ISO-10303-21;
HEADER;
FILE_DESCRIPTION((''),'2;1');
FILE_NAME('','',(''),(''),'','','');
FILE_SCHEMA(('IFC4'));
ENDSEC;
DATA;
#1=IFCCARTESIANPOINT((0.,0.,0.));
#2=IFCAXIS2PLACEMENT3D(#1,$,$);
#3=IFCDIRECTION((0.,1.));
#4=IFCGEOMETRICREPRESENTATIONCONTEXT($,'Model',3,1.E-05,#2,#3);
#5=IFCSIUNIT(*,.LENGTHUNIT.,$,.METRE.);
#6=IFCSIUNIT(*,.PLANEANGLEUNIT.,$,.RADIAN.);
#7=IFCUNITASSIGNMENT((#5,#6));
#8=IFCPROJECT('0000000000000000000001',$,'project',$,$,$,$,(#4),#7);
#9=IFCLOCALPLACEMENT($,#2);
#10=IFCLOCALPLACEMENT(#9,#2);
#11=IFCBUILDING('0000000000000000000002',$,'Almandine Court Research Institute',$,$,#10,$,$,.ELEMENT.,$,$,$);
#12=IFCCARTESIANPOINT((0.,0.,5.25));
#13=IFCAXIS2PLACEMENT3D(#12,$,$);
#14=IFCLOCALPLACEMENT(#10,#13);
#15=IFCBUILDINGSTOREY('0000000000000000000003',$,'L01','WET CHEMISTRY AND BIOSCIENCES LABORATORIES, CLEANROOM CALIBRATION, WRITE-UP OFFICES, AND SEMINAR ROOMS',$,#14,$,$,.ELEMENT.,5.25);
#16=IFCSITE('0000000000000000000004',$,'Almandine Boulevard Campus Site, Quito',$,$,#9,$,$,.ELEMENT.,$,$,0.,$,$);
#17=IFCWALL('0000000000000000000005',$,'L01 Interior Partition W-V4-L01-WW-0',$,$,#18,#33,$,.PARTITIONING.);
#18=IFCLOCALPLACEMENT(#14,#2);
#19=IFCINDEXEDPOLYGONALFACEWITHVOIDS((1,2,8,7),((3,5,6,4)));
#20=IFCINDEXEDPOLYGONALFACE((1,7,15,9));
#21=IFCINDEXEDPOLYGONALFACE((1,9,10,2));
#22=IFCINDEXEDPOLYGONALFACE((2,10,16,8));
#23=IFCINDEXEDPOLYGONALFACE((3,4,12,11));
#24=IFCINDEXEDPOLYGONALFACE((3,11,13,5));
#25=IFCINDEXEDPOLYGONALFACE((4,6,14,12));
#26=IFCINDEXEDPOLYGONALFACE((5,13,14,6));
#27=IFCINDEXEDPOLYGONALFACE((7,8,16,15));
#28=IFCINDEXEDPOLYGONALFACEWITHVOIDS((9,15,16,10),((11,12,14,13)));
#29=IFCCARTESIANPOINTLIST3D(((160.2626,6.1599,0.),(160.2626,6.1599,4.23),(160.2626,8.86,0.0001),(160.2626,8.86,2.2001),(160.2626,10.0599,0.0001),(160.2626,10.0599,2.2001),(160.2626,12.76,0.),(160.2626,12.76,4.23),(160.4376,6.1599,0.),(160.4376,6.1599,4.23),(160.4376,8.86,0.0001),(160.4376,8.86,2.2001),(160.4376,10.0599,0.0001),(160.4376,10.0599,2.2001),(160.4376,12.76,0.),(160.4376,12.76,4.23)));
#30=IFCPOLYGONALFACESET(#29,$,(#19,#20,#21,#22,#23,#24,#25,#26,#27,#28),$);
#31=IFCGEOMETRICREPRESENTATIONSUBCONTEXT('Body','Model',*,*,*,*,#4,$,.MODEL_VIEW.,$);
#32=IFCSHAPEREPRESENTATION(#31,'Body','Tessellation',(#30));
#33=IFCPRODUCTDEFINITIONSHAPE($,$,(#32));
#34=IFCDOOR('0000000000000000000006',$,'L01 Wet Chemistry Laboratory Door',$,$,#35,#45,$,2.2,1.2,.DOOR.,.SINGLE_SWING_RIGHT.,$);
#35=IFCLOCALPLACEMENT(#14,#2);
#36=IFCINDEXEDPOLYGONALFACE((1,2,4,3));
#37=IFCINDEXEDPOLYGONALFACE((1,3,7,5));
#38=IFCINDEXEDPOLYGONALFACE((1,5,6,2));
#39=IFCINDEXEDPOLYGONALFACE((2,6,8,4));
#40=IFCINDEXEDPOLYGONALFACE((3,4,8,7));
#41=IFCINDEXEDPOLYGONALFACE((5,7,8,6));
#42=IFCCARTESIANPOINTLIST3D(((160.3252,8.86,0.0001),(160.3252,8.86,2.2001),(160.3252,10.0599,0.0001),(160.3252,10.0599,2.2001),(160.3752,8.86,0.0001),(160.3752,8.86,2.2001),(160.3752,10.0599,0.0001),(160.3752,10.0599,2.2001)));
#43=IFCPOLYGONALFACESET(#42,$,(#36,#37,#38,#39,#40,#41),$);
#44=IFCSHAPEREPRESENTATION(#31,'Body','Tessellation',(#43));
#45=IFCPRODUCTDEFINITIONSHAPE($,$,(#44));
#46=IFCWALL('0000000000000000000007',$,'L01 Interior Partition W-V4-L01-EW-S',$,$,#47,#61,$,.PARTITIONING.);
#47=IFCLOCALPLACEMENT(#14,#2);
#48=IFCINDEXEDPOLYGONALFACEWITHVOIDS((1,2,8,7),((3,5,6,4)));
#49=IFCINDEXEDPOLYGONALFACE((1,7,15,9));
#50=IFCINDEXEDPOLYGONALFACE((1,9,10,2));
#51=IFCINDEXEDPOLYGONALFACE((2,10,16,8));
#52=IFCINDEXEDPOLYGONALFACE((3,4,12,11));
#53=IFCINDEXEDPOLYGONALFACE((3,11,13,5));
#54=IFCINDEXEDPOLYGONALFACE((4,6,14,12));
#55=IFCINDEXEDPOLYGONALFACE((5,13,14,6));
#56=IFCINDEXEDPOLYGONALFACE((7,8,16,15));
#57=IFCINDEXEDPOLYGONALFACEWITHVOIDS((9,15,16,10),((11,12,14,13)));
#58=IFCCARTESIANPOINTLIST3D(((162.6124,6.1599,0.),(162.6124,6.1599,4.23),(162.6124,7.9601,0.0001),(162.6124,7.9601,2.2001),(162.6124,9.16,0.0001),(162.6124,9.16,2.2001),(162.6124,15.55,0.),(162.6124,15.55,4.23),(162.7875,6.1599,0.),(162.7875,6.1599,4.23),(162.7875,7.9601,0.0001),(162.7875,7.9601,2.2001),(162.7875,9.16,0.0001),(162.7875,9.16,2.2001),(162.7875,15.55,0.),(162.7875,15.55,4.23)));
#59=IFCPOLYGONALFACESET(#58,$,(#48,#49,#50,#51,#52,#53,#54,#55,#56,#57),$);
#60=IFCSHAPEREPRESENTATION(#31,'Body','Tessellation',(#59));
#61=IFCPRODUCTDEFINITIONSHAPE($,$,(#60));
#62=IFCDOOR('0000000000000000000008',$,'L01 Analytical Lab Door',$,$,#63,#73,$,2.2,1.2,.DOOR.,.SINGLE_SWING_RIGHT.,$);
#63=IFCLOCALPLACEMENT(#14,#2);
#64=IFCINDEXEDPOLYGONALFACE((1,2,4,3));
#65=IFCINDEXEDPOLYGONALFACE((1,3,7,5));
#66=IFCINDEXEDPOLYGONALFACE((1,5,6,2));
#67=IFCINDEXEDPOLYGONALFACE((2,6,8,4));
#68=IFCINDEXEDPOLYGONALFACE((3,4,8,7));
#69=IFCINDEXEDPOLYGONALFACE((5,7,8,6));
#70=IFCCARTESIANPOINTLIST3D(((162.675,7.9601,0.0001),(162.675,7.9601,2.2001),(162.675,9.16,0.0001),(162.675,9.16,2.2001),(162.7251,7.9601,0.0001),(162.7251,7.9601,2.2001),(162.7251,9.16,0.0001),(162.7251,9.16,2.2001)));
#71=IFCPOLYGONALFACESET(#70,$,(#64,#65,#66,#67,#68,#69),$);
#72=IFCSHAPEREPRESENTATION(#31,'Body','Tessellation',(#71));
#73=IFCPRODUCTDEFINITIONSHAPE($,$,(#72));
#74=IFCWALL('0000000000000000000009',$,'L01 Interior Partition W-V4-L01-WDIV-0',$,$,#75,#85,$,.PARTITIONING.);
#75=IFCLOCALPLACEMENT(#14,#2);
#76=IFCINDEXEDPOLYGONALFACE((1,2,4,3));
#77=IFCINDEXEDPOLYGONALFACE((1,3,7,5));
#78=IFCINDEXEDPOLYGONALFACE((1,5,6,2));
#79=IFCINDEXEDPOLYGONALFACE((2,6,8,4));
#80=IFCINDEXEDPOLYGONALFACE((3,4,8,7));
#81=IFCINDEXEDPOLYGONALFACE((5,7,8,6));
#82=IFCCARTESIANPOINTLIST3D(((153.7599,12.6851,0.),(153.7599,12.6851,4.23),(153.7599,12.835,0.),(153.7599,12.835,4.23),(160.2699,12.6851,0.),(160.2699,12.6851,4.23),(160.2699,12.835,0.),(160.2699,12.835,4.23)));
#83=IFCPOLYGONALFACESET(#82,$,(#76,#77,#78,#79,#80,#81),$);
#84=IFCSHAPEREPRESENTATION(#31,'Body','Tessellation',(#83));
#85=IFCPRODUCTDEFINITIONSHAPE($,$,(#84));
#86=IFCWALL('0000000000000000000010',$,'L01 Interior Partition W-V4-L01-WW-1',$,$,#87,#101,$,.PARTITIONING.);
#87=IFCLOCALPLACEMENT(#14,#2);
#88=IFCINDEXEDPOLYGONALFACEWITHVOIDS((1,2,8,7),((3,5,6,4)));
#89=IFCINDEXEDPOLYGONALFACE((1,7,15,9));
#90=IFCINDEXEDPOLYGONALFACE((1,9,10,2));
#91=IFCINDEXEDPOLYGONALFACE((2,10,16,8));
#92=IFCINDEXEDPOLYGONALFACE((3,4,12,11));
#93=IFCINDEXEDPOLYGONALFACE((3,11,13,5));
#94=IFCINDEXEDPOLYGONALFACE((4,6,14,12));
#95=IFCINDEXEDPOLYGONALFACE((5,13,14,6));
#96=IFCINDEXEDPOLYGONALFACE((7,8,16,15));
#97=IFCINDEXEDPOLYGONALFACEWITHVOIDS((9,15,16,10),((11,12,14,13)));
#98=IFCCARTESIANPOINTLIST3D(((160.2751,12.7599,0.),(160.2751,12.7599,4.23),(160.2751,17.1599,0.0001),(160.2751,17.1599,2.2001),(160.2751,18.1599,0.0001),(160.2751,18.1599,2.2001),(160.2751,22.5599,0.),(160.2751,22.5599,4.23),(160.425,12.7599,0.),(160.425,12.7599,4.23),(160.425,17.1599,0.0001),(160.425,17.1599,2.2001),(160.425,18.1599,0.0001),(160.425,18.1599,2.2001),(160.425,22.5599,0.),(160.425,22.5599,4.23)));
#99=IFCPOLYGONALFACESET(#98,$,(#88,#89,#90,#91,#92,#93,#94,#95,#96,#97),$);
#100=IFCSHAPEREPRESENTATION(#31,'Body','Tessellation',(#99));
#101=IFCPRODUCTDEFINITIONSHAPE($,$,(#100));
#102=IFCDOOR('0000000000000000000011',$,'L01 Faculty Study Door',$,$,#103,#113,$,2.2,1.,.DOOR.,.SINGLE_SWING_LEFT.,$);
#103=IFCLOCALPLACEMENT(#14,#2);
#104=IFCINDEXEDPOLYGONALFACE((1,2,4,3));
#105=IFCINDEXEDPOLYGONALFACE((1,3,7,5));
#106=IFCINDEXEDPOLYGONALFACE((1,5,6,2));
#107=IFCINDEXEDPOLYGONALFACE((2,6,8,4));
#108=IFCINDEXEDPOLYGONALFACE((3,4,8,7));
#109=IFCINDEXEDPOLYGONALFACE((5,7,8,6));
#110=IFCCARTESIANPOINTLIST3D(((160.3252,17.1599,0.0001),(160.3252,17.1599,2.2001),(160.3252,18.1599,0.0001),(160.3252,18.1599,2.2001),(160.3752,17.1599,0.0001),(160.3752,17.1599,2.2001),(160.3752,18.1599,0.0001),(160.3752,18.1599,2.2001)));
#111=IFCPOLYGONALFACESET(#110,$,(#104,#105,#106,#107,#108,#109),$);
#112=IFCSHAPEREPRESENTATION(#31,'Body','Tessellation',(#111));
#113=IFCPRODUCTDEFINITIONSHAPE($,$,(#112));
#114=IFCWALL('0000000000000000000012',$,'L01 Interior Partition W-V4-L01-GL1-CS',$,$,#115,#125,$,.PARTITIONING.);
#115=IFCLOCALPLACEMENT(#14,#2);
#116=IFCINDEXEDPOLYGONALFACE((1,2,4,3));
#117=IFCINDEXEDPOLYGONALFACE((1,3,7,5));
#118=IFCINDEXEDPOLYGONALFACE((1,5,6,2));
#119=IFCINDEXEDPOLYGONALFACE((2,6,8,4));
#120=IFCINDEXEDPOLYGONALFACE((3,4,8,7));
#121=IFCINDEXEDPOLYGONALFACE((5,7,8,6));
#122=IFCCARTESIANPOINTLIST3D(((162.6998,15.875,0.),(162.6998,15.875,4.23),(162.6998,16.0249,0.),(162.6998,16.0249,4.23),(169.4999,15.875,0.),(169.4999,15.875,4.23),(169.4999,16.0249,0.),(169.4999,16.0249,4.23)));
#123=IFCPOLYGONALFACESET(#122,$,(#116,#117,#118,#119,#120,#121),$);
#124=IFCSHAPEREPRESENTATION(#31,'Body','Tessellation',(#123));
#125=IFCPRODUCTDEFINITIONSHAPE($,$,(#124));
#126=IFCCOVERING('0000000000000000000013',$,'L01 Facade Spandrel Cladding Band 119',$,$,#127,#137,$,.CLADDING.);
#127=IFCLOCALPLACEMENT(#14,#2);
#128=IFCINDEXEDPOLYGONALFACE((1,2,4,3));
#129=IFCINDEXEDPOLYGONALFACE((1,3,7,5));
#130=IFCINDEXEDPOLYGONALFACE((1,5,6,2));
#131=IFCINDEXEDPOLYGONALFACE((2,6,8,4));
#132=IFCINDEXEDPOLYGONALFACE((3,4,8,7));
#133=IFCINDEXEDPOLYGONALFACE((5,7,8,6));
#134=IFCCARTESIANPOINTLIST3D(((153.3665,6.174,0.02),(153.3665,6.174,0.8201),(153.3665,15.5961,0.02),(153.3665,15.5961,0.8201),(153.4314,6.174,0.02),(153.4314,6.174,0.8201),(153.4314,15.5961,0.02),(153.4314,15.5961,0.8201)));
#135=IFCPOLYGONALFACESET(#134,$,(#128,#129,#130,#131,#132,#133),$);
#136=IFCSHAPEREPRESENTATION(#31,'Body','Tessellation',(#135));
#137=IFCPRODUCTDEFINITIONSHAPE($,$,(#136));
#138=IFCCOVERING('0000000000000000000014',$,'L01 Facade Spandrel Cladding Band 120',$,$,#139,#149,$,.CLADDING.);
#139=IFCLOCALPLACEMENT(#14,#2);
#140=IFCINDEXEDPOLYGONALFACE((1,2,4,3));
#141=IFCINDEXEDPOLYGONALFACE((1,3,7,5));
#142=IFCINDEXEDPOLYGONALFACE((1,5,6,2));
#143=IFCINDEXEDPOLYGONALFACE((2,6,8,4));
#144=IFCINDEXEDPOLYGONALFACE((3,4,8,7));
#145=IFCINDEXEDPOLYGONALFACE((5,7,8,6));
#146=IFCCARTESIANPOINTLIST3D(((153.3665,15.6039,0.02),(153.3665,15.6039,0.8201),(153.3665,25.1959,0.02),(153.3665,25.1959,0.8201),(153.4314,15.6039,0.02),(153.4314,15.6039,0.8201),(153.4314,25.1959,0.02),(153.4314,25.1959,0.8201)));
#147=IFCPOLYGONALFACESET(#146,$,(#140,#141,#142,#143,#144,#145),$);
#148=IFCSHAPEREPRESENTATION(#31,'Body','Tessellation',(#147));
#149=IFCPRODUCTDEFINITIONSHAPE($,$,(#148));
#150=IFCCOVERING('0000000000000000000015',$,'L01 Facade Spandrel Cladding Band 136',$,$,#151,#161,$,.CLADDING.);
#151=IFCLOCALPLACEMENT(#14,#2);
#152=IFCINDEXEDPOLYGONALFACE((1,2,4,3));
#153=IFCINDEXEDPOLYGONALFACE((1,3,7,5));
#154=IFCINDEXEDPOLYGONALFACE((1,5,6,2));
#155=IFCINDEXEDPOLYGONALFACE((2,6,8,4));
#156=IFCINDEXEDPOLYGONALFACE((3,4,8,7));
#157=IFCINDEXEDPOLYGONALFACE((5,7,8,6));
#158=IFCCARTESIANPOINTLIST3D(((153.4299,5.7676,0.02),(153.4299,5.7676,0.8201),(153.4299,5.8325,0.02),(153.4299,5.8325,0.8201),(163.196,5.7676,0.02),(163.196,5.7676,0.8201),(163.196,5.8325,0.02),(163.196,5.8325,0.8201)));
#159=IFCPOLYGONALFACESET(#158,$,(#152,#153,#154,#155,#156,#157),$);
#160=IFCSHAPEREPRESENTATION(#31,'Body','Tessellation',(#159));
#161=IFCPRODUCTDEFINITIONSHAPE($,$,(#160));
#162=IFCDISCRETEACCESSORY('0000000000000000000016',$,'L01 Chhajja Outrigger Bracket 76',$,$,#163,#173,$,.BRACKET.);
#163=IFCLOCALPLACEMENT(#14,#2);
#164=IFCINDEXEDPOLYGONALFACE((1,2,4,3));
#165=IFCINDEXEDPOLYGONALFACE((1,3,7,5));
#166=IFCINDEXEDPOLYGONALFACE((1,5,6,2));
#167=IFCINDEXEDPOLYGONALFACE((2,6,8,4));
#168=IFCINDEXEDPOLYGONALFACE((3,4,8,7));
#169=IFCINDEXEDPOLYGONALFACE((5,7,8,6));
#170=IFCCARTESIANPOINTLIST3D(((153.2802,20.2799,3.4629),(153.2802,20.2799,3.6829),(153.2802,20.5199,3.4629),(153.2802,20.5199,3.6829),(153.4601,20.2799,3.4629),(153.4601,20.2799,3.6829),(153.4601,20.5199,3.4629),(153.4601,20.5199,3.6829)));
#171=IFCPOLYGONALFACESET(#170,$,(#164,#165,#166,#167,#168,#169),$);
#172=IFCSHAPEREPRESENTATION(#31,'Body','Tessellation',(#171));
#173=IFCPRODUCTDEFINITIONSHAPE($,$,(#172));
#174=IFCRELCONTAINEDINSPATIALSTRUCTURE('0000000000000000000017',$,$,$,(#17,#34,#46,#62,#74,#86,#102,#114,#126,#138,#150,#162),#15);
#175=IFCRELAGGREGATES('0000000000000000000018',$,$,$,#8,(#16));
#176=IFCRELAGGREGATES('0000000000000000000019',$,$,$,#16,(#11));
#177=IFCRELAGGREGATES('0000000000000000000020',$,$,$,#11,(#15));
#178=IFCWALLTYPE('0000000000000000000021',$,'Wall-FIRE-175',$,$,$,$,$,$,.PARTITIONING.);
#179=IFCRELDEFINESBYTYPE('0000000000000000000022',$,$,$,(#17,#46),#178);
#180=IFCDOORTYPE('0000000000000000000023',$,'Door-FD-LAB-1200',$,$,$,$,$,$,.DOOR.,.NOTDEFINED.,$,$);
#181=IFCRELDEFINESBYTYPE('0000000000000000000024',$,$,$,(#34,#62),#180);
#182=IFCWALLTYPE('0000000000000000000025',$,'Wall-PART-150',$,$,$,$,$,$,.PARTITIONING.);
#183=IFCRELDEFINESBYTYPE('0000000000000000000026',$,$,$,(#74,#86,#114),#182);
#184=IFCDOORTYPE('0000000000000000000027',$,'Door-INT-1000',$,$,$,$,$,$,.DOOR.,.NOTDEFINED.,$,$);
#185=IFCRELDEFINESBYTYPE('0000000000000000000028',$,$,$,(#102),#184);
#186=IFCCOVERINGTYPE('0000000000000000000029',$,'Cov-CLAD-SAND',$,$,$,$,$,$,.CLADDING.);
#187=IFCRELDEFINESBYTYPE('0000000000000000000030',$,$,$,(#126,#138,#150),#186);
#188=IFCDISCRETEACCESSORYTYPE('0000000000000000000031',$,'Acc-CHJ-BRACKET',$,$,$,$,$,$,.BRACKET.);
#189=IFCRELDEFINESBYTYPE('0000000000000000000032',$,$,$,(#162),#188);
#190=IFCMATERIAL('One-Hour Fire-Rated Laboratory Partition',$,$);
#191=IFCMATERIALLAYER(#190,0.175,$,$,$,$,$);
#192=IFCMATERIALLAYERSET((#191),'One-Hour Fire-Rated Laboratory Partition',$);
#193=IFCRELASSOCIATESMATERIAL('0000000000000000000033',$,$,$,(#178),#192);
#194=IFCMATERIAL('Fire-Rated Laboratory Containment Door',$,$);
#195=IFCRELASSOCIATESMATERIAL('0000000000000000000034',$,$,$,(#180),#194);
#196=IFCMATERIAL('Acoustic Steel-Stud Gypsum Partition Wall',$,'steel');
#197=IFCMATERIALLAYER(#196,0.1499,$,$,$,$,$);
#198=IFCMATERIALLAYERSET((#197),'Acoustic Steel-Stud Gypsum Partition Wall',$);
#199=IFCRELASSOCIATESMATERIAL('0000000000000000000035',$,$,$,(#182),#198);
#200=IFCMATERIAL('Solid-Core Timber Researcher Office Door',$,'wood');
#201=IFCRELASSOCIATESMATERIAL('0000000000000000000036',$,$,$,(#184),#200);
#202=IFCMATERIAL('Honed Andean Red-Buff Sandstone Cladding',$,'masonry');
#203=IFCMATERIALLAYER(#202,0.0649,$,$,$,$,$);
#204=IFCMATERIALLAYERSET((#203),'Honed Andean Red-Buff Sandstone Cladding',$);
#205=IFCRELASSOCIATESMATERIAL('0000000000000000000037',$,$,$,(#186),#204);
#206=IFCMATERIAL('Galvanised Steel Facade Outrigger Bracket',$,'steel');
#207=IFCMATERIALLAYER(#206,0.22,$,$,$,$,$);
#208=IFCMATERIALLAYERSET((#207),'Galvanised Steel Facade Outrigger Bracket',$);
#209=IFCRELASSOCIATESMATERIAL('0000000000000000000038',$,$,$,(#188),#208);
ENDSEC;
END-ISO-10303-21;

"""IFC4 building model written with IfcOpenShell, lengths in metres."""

from ifc_helpers import new_model, si_unit, direction, frame, frame_2d, origin, origin_2d, place, context, subcontext, project, spatial, rectangle, extrude, material, layer, layer_set, type_object, element, fill, save


model = new_model("IFC4")

# Units and contexts
model_context = context("Model", 3, precision=1e-05, world=origin(), true_north=direction((0.0, 1.0)))
body_context = subcontext(model_context, "Body", "Model", "MODEL_VIEW")
ifc_project = project(units=[si_unit("LENGTHUNIT", "METRE"), si_unit("PLANEANGLEUNIT", "RADIAN")], contexts=[model_context])

# Site, building, storey
site_placement = place(None, origin())
site = spatial("IfcSite", under=ifc_project, at=site_placement, Name="Almandine Boulevard Campus Site, Quito", CompositionType="ELEMENT", RefElevation=0.0)
building_placement = place(site_placement, origin())
building = spatial("IfcBuilding", under=site, at=building_placement, Name="Almandine Court Research Institute", CompositionType="ELEMENT")
storey_placement = place(building_placement, frame((0.0, 0.0, 5.25)))
storey = spatial("IfcBuildingStorey", under=building, at=storey_placement, Name="L01", Description="WET CHEMISTRY AND BIOSCIENCES LABORATORIES, CLEANROOM CALIBRATION, WRITE-UP OFFICES, AND SEMINAR ROOMS", CompositionType="ELEMENT", Elevation=5.25)

# Walls, openings, doors
ifc_material_1 = material(Name="One-Hour Fire-Rated Laboratory Partition")
ifc_layer_1 = layer(ifc_material_1, 0.175)
ifc_layer_set_1 = layer_set([ifc_layer_1], Name="One-Hour Fire-Rated Laboratory Partition")
wall_type_1 = type_object("IfcWallType", Name="Wall-FIRE-175", PredefinedType="PARTITIONING", material=ifc_layer_set_1)
wall_1_placement = place(storey_placement, frame((160.3501, 6.1599, 0.0), z_axis=(0.0, 0.0, 1.0), x_axis=(0.0, 1.0, 0.0)))
wall_1 = element("IfcWall", 1, at=wall_1_placement, inside=storey, type_object=wall_type_1, Name="L01 Interior Partition W-V4-L01-WW-0", PredefinedType="PARTITIONING", context=body_context, shape_type="SweptSolid", body=[
    extrude(rectangle(XDim=6.6001, YDim=0.175, at=frame_2d((3.3, 0.0))), origin(), (0.0, 0.0, 1.0), 4.23),
])
opening_1_placement = place(wall_1_placement, frame((2.7, 0.0, 0.0)))
opening_1 = element("IfcOpeningElement", 2, at=opening_1_placement, cuts=wall_1, PredefinedType="OPENING", context=body_context, shape_type="SweptSolid", body=[
    extrude(rectangle(XDim=1.2, YDim=2.2, at=frame_2d((0.6001, 1.1001))), frame((0.0, 0.0974, 0.0), z_axis=(0.0, -1.0, 0.0), x_axis=(1.0, 0.0, 0.0)), (0.0, 0.0, 1.0), 0.1951),
])
ifc_material_2 = material(Name="Fire-Rated Laboratory Containment Door")
door_type_1 = type_object("IfcDoorType", Name="Door-FD-LAB-1200", OperationType="NOTDEFINED", PredefinedType="DOOR", material=ifc_material_2)
door_1_placement = place(opening_1_placement, origin())
door_1 = element("IfcDoor", 3, at=door_1_placement, inside=storey, type_object=door_type_1, Name="L01 Wet Chemistry Laboratory Door", OperationType="SINGLE_SWING_RIGHT", OverallHeight=2.2, OverallWidth=1.2, PredefinedType="DOOR", context=body_context, shape_type="SweptSolid", body=[
    extrude(rectangle(XDim=1.2, YDim=2.2, at=frame_2d((0.6001, 1.1001))), frame((0.0, 0.0249, 0.0), z_axis=(0.0, -1.0, 0.0), x_axis=(1.0, 0.0, 0.0)), (0.0, 0.0, 1.0), 0.05),
])
fill(opening_1, door_1)
wall_2_placement = place(storey_placement, frame((162.7, 6.1599, 0.0), z_axis=(0.0, 0.0, 1.0), x_axis=(0.0, 1.0, 0.0)))
wall_2 = element("IfcWall", 4, at=wall_2_placement, inside=storey, type_object=wall_type_1, Name="L01 Interior Partition W-V4-L01-EW-S", PredefinedType="PARTITIONING", context=body_context, shape_type="SweptSolid", body=[
    extrude(rectangle(XDim=9.3901, YDim=0.175, at=frame_2d((4.6951, 0.0))), origin(), (0.0, 0.0, 1.0), 4.23),
])
opening_2_placement = place(wall_2_placement, frame((1.8, 0.0, 0.0)))
opening_2 = element("IfcOpeningElement", 5, at=opening_2_placement, cuts=wall_2, PredefinedType="OPENING", context=body_context, shape_type="SweptSolid", body=[
    extrude(rectangle(XDim=1.2, YDim=2.2, at=frame_2d((0.6001, 1.1001))), frame((0.0, 0.0974, 0.0), z_axis=(0.0, -1.0, 0.0), x_axis=(1.0, 0.0, 0.0)), (0.0, 0.0, 1.0), 0.1951),
])
door_2_placement = place(opening_2_placement, origin())
door_2 = element("IfcDoor", 6, at=door_2_placement, inside=storey, type_object=door_type_1, Name="L01 Analytical Lab Door", OperationType="SINGLE_SWING_RIGHT", OverallHeight=2.2, OverallWidth=1.2, PredefinedType="DOOR", context=body_context, shape_type="SweptSolid", body=[
    extrude(rectangle(XDim=1.2, YDim=2.2, at=frame_2d((0.6001, 1.1001))), frame((0.0, 0.0249, 0.0), z_axis=(0.0, -1.0, 0.0), x_axis=(1.0, 0.0, 0.0)), (0.0, 0.0, 1.0), 0.05),
])
fill(opening_2, door_2)

# Wall
ifc_material_3 = material(Name="Acoustic Steel-Stud Gypsum Partition Wall", Category="steel")
ifc_layer_2 = layer(ifc_material_3, 0.1499)
ifc_layer_set_2 = layer_set([ifc_layer_2], Name="Acoustic Steel-Stud Gypsum Partition Wall")
wall_type_2 = type_object("IfcWallType", Name="Wall-PART-150", PredefinedType="PARTITIONING", material=ifc_layer_set_2)
wall_3_placement = place(storey_placement, frame((153.76, 12.76, 0.0), z_axis=(0.0, 0.0, 1.0), x_axis=(1.0, 0.0, 0.0)))
element("IfcWall", 7, at=wall_3_placement, inside=storey, type_object=wall_type_2, Name="L01 Interior Partition W-V4-L01-WDIV-0", PredefinedType="PARTITIONING", context=body_context, shape_type="SweptSolid", body=[
    extrude(rectangle(XDim=6.51, YDim=0.1499, at=frame_2d((3.2549, 0.0))), origin(), (0.0, 0.0, 1.0), 4.23),
])

# Wall, opening, door
wall_4_placement = place(storey_placement, frame((160.3501, 12.76, 0.0), z_axis=(0.0, 0.0, 1.0), x_axis=(0.0, 1.0, 0.0)))
wall_4 = element("IfcWall", 8, at=wall_4_placement, inside=storey, type_object=wall_type_2, Name="L01 Interior Partition W-V4-L01-WW-1", PredefinedType="PARTITIONING", context=body_context, shape_type="SweptSolid", body=[
    extrude(rectangle(XDim=9.8, YDim=0.1499, at=frame_2d((4.8999, 0.0))), origin(), (0.0, 0.0, 1.0), 4.23),
])
opening_3_placement = place(wall_4_placement, frame((4.3999, 0.0, 0.0)))
opening_3 = element("IfcOpeningElement", 9, at=opening_3_placement, cuts=wall_4, PredefinedType="OPENING", context=body_context, shape_type="SweptSolid", body=[
    extrude(rectangle(XDim=1.0, YDim=2.2, at=frame_2d((0.5, 1.1001))), frame((0.0, 0.085, 0.0), z_axis=(0.0, -1.0, 0.0), x_axis=(1.0, 0.0, 0.0)), (0.0, 0.0, 1.0), 0.1699),
])
ifc_material_4 = material(Name="Solid-Core Timber Researcher Office Door", Category="wood")
door_type_2 = type_object("IfcDoorType", Name="Door-INT-1000", OperationType="NOTDEFINED", PredefinedType="DOOR", material=ifc_material_4)
door_3_placement = place(opening_3_placement, origin())
door_3 = element("IfcDoor", 10, at=door_3_placement, inside=storey, type_object=door_type_2, Name="L01 Faculty Study Door", OperationType="SINGLE_SWING_LEFT", OverallHeight=2.2, OverallWidth=1.0, PredefinedType="DOOR", context=body_context, shape_type="SweptSolid", body=[
    extrude(rectangle(XDim=1.0, YDim=2.2, at=frame_2d((0.5, 1.1001))), frame((0.0, 0.0249, 0.0), z_axis=(0.0, -1.0, 0.0), x_axis=(1.0, 0.0, 0.0)), (0.0, 0.0, 1.0), 0.05),
])
fill(opening_3, door_3)

# Wall
wall_5_placement = place(storey_placement, frame((162.7, 15.95, 0.0), z_axis=(0.0, 0.0, 1.0), x_axis=(1.0, 0.0, 0.0)))
element("IfcWall", 11, at=wall_5_placement, inside=storey, type_object=wall_type_2, Name="L01 Interior Partition W-V4-L01-GL1-CS", PredefinedType="PARTITIONING", context=body_context, shape_type="SweptSolid", body=[
    extrude(rectangle(XDim=6.8, YDim=0.1499, at=frame_2d((3.3999, 0.0))), origin(), (0.0, 0.0, 1.0), 4.23),
])

# Coverings
ifc_material_5 = material(Name="Honed Andean Red-Buff Sandstone Cladding", Category="masonry")
ifc_layer_3 = layer(ifc_material_5, 0.0649)
ifc_layer_set_3 = layer_set([ifc_layer_3], Name="Honed Andean Red-Buff Sandstone Cladding")
covering_type = type_object("IfcCoveringType", Name="Cov-CLAD-SAND", PredefinedType="CLADDING", material=ifc_layer_set_3)
covering_1_placement = place(storey_placement, frame((153.3989, 10.885, 0.02), z_axis=(0.0, 0.0, 1.0), x_axis=(0.0, 1.0, 0.0)))
element("IfcCovering", 12, at=covering_1_placement, inside=storey, type_object=covering_type, Name="L01 Facade Spandrel Cladding Band 119", PredefinedType="CLADDING", context=body_context, shape_type="SweptSolid", body=[
    extrude(rectangle(XDim=9.4221, YDim=0.0649, at=origin_2d()), origin(), (0.0, 0.0, 1.0), 0.8),
])
covering_2_placement = place(storey_placement, frame((153.3989, 20.3999, 0.02), z_axis=(0.0, 0.0, 1.0), x_axis=(0.0, 1.0, 0.0)))
element("IfcCovering", 13, at=covering_2_placement, inside=storey, type_object=covering_type, Name="L01 Facade Spandrel Cladding Band 120", PredefinedType="CLADDING", context=body_context, shape_type="SweptSolid", body=[
    extrude(rectangle(XDim=9.592, YDim=0.0649, at=origin_2d()), origin(), (0.0, 0.0, 1.0), 0.8),
])
covering_3_placement = place(storey_placement, frame((158.313, 5.8, 0.02), z_axis=(0.0, 0.0, 1.0), x_axis=(-1.0, 0.0, 0.0)))
element("IfcCovering", 14, at=covering_3_placement, inside=storey, type_object=covering_type, Name="L01 Facade Spandrel Cladding Band 136", PredefinedType="CLADDING", context=body_context, shape_type="SweptSolid", body=[
    extrude(rectangle(XDim=9.7661, YDim=0.0649, at=origin_2d()), origin(), (0.0, 0.0, 1.0), 0.8),
])

# Discrete accessory
ifc_material_6 = material(Name="Galvanised Steel Facade Outrigger Bracket", Category="steel")
ifc_layer_4 = layer(ifc_material_6, 0.22)
ifc_layer_set_4 = layer_set([ifc_layer_4], Name="Galvanised Steel Facade Outrigger Bracket")
discrete_accessory_type = type_object("IfcDiscreteAccessoryType", Name="Acc-CHJ-BRACKET", PredefinedType="BRACKET", material=ifc_layer_set_4)
discrete_accessory_placement = place(storey_placement, frame((153.3701, 20.3999, 3.4629), z_axis=(0.0, 0.0, 1.0), x_axis=(0.0, 1.0, 0.0)))
element("IfcDiscreteAccessory", 15, at=discrete_accessory_placement, inside=storey, type_object=discrete_accessory_type, Name="L01 Chhajja Outrigger Bracket 76", PredefinedType="BRACKET", context=body_context, shape_type="SweptSolid", body=[
    extrude(rectangle(XDim=0.24, YDim=0.1799, at=origin_2d()), origin(), (0.0, 0.0, 1.0), 0.22),
])

save(model, "model.ifc")
